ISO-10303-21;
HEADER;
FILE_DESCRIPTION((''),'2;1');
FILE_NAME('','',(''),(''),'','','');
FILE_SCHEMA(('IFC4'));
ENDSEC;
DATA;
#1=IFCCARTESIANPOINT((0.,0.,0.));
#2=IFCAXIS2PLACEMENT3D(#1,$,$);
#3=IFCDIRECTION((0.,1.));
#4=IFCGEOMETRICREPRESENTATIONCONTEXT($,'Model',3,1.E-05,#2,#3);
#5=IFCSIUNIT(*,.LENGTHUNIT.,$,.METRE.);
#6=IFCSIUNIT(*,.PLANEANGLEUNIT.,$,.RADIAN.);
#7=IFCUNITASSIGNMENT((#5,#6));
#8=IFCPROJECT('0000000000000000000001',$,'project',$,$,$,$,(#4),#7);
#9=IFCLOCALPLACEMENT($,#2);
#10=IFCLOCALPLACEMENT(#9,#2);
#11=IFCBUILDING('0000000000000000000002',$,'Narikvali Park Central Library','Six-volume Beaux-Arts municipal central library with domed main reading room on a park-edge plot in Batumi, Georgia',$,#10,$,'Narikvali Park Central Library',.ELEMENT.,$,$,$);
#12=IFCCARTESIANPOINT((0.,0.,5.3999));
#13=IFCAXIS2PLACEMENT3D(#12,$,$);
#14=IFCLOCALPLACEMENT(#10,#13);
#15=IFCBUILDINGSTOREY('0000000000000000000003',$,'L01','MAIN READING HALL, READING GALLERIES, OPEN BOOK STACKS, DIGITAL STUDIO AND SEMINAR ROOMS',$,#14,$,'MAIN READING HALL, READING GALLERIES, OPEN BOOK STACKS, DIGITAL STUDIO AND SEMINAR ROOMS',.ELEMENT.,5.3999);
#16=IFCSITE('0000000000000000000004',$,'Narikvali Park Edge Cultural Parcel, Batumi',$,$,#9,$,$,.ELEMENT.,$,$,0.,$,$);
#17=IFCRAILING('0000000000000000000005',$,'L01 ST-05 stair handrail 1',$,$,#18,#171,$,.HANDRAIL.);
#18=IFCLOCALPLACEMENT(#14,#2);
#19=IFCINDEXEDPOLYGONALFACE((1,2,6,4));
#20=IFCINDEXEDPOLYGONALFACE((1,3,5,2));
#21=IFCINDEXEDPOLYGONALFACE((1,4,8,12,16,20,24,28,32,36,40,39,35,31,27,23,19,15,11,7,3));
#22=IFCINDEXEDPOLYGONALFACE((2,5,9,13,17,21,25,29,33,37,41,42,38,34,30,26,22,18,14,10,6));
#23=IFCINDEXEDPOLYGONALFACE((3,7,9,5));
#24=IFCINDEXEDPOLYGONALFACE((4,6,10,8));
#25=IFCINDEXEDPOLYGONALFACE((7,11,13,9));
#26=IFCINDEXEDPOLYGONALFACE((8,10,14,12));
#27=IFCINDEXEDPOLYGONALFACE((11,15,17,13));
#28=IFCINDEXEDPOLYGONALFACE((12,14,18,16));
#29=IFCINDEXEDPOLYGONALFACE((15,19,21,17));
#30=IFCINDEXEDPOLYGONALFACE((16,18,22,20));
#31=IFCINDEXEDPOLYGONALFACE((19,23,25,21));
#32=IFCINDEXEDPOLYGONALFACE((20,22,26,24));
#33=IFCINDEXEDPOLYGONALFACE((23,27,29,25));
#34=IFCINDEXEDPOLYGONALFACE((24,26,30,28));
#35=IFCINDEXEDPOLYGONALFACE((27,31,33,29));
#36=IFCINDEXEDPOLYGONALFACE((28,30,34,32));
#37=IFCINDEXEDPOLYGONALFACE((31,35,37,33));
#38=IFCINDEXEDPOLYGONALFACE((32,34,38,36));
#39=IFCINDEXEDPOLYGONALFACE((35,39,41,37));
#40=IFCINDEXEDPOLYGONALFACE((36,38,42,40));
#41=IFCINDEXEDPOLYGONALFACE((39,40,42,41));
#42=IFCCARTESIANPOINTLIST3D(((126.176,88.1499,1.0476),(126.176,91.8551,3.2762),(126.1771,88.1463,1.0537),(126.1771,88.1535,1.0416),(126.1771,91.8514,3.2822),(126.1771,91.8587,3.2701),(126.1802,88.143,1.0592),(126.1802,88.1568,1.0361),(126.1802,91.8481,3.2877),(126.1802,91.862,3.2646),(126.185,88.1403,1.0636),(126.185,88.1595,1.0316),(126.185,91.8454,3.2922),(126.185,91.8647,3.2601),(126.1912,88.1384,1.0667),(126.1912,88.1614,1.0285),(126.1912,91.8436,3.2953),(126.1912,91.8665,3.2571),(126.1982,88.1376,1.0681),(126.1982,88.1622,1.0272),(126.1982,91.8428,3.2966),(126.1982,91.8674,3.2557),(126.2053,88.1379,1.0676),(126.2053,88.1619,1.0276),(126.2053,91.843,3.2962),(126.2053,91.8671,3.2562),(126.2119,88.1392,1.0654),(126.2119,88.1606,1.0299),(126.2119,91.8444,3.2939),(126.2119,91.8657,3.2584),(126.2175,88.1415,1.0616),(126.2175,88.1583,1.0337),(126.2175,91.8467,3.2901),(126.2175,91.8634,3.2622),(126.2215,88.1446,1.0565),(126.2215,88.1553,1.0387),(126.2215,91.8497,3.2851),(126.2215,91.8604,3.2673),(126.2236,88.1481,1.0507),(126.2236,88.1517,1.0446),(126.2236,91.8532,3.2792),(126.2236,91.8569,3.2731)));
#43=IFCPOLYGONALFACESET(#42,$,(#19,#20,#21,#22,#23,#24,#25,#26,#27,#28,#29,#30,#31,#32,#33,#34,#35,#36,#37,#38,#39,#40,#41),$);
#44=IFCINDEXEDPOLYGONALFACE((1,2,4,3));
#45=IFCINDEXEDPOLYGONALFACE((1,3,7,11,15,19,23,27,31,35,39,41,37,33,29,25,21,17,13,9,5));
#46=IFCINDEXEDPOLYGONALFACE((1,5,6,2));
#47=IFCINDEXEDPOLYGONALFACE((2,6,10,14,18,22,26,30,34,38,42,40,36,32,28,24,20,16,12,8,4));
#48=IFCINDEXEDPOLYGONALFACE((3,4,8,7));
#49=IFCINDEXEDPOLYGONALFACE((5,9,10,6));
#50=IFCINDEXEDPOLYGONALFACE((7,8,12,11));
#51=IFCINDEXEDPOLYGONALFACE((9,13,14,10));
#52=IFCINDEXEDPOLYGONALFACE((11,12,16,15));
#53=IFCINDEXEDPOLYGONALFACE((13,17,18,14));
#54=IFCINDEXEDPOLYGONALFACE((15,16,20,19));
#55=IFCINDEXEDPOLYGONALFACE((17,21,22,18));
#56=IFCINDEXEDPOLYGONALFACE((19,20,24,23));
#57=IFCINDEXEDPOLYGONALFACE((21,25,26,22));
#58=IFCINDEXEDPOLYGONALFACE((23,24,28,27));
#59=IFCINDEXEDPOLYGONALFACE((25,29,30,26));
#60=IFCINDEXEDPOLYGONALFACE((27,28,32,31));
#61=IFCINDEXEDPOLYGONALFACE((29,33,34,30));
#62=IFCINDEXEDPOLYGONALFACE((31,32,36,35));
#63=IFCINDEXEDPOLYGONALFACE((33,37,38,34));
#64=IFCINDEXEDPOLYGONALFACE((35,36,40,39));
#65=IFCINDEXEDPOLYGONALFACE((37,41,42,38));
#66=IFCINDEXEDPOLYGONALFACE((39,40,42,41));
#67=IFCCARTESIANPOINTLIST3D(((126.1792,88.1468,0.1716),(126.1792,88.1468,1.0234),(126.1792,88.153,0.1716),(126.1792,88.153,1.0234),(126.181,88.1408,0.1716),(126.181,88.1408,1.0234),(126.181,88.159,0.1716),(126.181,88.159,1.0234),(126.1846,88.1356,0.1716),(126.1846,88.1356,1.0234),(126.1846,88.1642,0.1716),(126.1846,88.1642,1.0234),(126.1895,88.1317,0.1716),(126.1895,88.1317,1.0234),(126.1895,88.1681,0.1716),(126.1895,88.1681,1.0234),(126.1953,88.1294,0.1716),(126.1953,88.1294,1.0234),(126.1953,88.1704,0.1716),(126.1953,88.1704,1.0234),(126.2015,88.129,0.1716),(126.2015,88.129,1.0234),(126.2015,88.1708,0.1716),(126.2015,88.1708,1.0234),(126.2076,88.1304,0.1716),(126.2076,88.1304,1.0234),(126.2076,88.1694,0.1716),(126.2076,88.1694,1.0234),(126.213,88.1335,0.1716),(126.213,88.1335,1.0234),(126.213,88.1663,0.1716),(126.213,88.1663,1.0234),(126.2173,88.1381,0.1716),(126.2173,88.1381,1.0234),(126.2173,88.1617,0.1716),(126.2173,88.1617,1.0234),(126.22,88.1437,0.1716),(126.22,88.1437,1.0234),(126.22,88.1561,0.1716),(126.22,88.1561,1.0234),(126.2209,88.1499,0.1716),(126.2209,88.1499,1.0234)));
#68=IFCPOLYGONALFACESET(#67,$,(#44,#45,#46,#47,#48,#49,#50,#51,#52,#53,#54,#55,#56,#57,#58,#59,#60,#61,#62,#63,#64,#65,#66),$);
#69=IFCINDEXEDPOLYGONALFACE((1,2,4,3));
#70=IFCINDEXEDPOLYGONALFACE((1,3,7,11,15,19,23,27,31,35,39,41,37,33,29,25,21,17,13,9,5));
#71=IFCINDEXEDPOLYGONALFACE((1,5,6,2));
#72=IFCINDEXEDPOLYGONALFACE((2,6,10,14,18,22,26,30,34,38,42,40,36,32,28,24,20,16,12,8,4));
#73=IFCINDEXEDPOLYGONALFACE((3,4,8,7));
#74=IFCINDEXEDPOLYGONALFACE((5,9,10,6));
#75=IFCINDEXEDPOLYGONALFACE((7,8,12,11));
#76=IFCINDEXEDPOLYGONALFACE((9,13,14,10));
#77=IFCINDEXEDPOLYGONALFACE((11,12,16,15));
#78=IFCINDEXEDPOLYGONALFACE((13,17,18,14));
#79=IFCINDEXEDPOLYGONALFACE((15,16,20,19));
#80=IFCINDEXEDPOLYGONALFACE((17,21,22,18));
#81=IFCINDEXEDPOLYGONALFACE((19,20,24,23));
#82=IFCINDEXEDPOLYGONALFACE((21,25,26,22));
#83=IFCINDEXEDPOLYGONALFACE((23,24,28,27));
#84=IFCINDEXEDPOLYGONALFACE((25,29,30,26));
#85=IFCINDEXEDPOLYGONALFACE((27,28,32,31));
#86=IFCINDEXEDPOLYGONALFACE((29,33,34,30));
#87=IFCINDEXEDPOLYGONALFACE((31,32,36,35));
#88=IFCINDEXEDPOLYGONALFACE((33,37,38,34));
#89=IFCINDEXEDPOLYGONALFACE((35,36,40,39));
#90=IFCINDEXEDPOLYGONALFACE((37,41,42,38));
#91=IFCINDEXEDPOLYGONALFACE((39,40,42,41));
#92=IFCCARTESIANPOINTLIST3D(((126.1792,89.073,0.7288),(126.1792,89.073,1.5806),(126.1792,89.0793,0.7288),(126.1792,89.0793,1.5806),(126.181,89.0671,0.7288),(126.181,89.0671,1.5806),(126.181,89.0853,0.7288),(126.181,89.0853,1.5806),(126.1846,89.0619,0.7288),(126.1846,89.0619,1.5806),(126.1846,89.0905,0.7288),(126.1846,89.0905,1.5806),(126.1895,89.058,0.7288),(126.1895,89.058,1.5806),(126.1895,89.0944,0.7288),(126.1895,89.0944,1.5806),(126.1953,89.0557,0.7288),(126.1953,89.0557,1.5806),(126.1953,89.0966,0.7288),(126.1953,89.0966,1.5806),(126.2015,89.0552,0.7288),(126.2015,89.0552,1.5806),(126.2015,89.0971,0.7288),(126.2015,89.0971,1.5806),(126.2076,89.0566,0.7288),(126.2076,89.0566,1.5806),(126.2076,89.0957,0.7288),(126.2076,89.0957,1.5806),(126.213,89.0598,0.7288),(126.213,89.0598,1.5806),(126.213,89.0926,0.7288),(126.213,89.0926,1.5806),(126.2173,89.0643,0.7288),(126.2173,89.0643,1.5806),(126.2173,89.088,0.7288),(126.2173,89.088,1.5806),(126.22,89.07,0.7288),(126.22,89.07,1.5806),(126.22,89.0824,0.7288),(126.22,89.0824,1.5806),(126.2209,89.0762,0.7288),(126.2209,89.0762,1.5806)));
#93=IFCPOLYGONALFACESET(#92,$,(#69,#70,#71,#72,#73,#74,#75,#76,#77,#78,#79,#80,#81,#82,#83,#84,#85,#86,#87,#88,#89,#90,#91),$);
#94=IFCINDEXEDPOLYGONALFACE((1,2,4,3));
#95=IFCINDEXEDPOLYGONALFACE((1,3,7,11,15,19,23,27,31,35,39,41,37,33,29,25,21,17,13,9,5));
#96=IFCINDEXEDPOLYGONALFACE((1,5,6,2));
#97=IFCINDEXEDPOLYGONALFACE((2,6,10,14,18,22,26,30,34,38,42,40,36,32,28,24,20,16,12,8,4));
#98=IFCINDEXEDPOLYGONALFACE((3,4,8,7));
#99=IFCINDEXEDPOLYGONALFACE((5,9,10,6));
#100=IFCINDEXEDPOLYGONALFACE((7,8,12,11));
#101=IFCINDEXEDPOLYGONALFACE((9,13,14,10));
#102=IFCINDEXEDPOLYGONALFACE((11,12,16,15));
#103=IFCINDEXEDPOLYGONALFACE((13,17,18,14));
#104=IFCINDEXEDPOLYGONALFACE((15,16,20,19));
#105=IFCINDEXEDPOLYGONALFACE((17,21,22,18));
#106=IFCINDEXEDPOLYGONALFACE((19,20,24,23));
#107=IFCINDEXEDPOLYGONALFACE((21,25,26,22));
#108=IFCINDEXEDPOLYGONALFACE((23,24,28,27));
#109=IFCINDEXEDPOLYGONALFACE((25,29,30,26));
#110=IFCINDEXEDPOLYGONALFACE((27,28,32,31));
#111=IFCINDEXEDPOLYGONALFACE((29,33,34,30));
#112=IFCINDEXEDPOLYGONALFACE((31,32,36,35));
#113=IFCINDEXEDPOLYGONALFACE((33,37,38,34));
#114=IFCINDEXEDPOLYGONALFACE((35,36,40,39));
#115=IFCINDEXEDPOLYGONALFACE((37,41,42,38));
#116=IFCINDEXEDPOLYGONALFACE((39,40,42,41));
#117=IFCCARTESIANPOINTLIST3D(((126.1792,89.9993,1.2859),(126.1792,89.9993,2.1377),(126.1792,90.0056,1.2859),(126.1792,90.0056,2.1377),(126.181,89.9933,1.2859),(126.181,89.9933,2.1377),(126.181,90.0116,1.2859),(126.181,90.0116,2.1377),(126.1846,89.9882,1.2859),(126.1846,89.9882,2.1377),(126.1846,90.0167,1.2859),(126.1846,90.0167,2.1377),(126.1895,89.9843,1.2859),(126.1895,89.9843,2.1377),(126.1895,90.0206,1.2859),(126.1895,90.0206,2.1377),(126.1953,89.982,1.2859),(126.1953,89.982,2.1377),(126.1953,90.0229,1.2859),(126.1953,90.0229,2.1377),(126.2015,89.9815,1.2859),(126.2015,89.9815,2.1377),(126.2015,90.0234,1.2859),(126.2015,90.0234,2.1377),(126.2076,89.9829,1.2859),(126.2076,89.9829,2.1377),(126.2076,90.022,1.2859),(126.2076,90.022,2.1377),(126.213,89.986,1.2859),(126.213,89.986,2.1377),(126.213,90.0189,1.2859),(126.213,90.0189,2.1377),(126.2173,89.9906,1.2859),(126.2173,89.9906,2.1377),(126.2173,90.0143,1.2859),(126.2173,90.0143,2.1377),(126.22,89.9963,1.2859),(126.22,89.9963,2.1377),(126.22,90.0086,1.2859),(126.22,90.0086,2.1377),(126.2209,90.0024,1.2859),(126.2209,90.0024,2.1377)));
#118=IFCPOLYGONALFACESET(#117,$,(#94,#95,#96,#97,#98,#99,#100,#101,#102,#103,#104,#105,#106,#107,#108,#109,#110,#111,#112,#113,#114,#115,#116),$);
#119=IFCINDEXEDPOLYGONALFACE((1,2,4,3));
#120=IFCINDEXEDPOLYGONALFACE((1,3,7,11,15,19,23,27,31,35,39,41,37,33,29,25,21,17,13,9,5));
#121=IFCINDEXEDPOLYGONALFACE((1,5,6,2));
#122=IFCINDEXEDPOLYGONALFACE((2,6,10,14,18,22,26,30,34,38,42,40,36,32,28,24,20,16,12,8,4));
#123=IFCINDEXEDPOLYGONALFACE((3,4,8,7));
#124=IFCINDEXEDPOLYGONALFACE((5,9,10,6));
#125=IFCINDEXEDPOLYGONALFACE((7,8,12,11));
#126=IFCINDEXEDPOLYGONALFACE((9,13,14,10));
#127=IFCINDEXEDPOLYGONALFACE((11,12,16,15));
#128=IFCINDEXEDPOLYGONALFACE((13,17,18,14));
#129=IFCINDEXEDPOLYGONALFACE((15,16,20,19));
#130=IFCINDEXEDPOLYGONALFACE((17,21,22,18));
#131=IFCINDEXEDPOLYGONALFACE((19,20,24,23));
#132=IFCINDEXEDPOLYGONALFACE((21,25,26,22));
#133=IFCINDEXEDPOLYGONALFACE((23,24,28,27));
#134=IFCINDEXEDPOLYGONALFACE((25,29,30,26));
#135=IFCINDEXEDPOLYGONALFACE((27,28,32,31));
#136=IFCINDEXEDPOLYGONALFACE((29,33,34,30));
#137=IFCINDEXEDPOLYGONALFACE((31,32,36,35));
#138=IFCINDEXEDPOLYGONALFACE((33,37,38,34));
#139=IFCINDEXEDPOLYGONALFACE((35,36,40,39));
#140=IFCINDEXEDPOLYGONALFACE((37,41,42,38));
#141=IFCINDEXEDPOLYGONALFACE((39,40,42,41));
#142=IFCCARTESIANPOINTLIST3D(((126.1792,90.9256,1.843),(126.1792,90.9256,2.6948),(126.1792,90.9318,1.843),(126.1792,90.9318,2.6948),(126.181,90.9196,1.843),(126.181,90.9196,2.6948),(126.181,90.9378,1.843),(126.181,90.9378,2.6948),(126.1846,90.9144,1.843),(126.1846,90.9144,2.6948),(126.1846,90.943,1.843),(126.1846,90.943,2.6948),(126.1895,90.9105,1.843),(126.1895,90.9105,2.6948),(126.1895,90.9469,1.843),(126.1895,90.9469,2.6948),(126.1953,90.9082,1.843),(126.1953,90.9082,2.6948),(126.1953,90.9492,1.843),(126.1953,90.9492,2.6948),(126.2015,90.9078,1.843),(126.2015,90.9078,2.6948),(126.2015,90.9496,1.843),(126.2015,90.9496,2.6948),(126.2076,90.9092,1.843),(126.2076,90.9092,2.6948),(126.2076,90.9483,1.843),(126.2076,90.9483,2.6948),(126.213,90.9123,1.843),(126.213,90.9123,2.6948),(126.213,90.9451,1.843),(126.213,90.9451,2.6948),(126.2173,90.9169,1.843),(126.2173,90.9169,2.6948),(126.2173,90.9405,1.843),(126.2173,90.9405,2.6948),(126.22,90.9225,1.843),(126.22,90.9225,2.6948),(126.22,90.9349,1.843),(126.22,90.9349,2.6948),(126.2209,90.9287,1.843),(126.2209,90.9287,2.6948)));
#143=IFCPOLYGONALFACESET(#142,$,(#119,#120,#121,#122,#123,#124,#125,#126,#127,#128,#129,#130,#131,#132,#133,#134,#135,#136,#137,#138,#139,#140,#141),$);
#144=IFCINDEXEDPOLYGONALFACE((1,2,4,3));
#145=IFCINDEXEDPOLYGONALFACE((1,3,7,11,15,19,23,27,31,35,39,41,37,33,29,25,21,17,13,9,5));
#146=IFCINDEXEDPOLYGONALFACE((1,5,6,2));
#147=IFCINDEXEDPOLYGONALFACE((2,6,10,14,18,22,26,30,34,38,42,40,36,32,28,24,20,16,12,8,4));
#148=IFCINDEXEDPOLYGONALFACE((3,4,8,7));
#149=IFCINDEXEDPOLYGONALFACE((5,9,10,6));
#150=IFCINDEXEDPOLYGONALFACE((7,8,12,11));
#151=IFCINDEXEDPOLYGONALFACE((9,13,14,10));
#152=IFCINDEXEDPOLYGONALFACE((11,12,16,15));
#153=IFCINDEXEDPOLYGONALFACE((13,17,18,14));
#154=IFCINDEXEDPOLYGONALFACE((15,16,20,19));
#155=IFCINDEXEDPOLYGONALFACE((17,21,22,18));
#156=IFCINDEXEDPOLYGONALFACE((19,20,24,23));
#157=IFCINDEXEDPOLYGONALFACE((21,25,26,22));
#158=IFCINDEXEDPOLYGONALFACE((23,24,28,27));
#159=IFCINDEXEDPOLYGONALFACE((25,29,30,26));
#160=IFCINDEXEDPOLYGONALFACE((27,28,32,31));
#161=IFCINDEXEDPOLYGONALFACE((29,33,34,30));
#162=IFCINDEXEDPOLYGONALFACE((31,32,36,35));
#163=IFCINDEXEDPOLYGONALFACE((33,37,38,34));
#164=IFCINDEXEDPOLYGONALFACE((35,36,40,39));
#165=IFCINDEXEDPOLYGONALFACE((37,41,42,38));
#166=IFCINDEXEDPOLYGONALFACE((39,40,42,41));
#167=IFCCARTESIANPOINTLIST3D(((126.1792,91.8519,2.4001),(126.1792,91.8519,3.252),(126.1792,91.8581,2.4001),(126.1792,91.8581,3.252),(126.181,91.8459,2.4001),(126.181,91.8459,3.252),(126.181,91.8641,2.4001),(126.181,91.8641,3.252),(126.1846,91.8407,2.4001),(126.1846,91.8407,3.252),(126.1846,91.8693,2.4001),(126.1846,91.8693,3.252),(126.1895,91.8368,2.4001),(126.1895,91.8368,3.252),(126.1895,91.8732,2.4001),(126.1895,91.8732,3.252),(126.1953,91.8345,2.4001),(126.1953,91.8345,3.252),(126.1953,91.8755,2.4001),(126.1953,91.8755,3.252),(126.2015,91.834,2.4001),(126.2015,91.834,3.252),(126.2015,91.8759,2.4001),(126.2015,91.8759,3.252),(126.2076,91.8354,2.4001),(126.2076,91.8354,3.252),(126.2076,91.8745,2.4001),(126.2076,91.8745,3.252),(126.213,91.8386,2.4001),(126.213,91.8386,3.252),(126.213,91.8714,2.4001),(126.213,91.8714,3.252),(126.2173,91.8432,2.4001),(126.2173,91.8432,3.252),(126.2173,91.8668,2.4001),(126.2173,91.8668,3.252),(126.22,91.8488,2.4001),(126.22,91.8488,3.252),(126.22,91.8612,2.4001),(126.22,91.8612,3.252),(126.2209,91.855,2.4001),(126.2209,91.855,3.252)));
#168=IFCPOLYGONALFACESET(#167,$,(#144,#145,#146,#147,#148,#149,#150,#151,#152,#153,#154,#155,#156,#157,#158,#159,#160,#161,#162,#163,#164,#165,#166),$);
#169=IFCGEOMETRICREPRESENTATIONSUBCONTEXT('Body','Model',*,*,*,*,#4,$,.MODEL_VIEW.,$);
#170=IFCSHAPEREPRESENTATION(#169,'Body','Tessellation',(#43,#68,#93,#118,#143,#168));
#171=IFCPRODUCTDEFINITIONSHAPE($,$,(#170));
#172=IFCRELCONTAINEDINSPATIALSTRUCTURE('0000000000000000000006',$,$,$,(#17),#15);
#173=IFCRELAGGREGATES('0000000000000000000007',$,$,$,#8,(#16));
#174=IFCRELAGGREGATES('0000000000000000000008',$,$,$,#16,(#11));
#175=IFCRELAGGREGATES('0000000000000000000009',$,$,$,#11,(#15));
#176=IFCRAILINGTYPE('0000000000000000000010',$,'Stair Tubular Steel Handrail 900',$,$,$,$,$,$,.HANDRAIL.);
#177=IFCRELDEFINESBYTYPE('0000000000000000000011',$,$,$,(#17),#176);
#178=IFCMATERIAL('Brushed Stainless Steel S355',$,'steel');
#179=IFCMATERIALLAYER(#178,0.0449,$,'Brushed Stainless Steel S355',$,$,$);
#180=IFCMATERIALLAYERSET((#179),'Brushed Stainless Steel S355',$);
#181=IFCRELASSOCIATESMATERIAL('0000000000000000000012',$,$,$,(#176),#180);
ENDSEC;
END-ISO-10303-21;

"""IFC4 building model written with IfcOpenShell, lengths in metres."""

from ifc_helpers import new_model, si_unit, direction, frame, origin, origin_2d, place, context, subcontext, project, spatial, circle, extrude, material, layer, layer_set, type_object, element, save


model = new_model("IFC4")

# Units and contexts
model_context = context("Model", 3, precision=1e-05, world=origin(), true_north=direction((0.0, 1.0)))
body_context = subcontext(model_context, "Body", "Model", "MODEL_VIEW")
ifc_project = project(units=[si_unit("LENGTHUNIT", "METRE"), si_unit("PLANEANGLEUNIT", "RADIAN")], contexts=[model_context])

# Site, building, storey
site_placement = place(None, origin())
site = spatial("IfcSite", under=ifc_project, at=site_placement, Name="Narikvali Park Edge Cultural Parcel, Batumi", CompositionType="ELEMENT", RefElevation=0.0)
building_placement = place(site_placement, origin())
building = spatial("IfcBuilding", under=site, at=building_placement, Name="Narikvali Park Central Library", Description="Six-volume Beaux-Arts municipal central library with domed main reading room on a park-edge plot in Batumi, Georgia", LongName="Narikvali Park Central Library", CompositionType="ELEMENT")
storey_placement = place(building_placement, frame((0.0, 0.0, 5.3999)))
storey = spatial("IfcBuildingStorey", under=building, at=storey_placement, Name="L01", Description="MAIN READING HALL, READING GALLERIES, OPEN BOOK STACKS, DIGITAL STUDIO AND SEMINAR ROOMS", LongName="MAIN READING HALL, READING GALLERIES, OPEN BOOK STACKS, DIGITAL STUDIO AND SEMINAR ROOMS", CompositionType="ELEMENT", Elevation=5.3999)

# Shared definitions
ifc_material_1 = material(Name="Brushed Stainless Steel S355", Category="steel")

# Railing
ifc_layer_1 = layer(ifc_material_1, 0.0449, Name="Brushed Stainless Steel S355")
ifc_layer_set_1 = layer_set([ifc_layer_1], Name="Brushed Stainless Steel S355")
railing_type_1 = type_object("IfcRailingType", Name="Stair Tubular Steel Handrail 900", PredefinedType="HANDRAIL", material=ifc_layer_set_1)
railing_1_placement = place(storey_placement, frame((126.2, 88.1499, 0.1716)))
element("IfcRailing", 1, at=railing_1_placement, inside=storey, type_object=railing_type_1, Name="L01 ST-05 stair handrail 1", PredefinedType="HANDRAIL", context=body_context, shape_type="SweptSolid", body=[
    extrude(circle(Radius=0.0239, at=origin_2d()), frame((0.0, 0.0, 0.876), z_axis=(0.0, 0.856934, 0.515425), x_axis=(-1.0, 0.0, 0.0)), (0.0, 0.0, 1.0), 4.3237),
    extrude(circle(Radius=0.021, at=origin_2d()), origin(), (0.0, 0.0, 1.0), 0.8518),
    extrude(circle(Radius=0.021, at=origin_2d()), frame((0.0, 0.9263, 0.5571)), (0.0, 0.0, 1.0), 0.8518),
    extrude(circle(Radius=0.021, at=origin_2d()), frame((0.0, 1.8525, 1.1143)), (0.0, 0.0, 1.0), 0.8518),
    extrude(circle(Radius=0.021, at=origin_2d()), frame((0.0, 2.7788, 1.6714)), (0.0, 0.0, 1.0), 0.8518),
    extrude(circle(Radius=0.021, at=origin_2d()), frame((0.0, 3.7051, 2.2285)), (0.0, 0.0, 1.0), 0.8518),
])

save(model, "model.ifc")
